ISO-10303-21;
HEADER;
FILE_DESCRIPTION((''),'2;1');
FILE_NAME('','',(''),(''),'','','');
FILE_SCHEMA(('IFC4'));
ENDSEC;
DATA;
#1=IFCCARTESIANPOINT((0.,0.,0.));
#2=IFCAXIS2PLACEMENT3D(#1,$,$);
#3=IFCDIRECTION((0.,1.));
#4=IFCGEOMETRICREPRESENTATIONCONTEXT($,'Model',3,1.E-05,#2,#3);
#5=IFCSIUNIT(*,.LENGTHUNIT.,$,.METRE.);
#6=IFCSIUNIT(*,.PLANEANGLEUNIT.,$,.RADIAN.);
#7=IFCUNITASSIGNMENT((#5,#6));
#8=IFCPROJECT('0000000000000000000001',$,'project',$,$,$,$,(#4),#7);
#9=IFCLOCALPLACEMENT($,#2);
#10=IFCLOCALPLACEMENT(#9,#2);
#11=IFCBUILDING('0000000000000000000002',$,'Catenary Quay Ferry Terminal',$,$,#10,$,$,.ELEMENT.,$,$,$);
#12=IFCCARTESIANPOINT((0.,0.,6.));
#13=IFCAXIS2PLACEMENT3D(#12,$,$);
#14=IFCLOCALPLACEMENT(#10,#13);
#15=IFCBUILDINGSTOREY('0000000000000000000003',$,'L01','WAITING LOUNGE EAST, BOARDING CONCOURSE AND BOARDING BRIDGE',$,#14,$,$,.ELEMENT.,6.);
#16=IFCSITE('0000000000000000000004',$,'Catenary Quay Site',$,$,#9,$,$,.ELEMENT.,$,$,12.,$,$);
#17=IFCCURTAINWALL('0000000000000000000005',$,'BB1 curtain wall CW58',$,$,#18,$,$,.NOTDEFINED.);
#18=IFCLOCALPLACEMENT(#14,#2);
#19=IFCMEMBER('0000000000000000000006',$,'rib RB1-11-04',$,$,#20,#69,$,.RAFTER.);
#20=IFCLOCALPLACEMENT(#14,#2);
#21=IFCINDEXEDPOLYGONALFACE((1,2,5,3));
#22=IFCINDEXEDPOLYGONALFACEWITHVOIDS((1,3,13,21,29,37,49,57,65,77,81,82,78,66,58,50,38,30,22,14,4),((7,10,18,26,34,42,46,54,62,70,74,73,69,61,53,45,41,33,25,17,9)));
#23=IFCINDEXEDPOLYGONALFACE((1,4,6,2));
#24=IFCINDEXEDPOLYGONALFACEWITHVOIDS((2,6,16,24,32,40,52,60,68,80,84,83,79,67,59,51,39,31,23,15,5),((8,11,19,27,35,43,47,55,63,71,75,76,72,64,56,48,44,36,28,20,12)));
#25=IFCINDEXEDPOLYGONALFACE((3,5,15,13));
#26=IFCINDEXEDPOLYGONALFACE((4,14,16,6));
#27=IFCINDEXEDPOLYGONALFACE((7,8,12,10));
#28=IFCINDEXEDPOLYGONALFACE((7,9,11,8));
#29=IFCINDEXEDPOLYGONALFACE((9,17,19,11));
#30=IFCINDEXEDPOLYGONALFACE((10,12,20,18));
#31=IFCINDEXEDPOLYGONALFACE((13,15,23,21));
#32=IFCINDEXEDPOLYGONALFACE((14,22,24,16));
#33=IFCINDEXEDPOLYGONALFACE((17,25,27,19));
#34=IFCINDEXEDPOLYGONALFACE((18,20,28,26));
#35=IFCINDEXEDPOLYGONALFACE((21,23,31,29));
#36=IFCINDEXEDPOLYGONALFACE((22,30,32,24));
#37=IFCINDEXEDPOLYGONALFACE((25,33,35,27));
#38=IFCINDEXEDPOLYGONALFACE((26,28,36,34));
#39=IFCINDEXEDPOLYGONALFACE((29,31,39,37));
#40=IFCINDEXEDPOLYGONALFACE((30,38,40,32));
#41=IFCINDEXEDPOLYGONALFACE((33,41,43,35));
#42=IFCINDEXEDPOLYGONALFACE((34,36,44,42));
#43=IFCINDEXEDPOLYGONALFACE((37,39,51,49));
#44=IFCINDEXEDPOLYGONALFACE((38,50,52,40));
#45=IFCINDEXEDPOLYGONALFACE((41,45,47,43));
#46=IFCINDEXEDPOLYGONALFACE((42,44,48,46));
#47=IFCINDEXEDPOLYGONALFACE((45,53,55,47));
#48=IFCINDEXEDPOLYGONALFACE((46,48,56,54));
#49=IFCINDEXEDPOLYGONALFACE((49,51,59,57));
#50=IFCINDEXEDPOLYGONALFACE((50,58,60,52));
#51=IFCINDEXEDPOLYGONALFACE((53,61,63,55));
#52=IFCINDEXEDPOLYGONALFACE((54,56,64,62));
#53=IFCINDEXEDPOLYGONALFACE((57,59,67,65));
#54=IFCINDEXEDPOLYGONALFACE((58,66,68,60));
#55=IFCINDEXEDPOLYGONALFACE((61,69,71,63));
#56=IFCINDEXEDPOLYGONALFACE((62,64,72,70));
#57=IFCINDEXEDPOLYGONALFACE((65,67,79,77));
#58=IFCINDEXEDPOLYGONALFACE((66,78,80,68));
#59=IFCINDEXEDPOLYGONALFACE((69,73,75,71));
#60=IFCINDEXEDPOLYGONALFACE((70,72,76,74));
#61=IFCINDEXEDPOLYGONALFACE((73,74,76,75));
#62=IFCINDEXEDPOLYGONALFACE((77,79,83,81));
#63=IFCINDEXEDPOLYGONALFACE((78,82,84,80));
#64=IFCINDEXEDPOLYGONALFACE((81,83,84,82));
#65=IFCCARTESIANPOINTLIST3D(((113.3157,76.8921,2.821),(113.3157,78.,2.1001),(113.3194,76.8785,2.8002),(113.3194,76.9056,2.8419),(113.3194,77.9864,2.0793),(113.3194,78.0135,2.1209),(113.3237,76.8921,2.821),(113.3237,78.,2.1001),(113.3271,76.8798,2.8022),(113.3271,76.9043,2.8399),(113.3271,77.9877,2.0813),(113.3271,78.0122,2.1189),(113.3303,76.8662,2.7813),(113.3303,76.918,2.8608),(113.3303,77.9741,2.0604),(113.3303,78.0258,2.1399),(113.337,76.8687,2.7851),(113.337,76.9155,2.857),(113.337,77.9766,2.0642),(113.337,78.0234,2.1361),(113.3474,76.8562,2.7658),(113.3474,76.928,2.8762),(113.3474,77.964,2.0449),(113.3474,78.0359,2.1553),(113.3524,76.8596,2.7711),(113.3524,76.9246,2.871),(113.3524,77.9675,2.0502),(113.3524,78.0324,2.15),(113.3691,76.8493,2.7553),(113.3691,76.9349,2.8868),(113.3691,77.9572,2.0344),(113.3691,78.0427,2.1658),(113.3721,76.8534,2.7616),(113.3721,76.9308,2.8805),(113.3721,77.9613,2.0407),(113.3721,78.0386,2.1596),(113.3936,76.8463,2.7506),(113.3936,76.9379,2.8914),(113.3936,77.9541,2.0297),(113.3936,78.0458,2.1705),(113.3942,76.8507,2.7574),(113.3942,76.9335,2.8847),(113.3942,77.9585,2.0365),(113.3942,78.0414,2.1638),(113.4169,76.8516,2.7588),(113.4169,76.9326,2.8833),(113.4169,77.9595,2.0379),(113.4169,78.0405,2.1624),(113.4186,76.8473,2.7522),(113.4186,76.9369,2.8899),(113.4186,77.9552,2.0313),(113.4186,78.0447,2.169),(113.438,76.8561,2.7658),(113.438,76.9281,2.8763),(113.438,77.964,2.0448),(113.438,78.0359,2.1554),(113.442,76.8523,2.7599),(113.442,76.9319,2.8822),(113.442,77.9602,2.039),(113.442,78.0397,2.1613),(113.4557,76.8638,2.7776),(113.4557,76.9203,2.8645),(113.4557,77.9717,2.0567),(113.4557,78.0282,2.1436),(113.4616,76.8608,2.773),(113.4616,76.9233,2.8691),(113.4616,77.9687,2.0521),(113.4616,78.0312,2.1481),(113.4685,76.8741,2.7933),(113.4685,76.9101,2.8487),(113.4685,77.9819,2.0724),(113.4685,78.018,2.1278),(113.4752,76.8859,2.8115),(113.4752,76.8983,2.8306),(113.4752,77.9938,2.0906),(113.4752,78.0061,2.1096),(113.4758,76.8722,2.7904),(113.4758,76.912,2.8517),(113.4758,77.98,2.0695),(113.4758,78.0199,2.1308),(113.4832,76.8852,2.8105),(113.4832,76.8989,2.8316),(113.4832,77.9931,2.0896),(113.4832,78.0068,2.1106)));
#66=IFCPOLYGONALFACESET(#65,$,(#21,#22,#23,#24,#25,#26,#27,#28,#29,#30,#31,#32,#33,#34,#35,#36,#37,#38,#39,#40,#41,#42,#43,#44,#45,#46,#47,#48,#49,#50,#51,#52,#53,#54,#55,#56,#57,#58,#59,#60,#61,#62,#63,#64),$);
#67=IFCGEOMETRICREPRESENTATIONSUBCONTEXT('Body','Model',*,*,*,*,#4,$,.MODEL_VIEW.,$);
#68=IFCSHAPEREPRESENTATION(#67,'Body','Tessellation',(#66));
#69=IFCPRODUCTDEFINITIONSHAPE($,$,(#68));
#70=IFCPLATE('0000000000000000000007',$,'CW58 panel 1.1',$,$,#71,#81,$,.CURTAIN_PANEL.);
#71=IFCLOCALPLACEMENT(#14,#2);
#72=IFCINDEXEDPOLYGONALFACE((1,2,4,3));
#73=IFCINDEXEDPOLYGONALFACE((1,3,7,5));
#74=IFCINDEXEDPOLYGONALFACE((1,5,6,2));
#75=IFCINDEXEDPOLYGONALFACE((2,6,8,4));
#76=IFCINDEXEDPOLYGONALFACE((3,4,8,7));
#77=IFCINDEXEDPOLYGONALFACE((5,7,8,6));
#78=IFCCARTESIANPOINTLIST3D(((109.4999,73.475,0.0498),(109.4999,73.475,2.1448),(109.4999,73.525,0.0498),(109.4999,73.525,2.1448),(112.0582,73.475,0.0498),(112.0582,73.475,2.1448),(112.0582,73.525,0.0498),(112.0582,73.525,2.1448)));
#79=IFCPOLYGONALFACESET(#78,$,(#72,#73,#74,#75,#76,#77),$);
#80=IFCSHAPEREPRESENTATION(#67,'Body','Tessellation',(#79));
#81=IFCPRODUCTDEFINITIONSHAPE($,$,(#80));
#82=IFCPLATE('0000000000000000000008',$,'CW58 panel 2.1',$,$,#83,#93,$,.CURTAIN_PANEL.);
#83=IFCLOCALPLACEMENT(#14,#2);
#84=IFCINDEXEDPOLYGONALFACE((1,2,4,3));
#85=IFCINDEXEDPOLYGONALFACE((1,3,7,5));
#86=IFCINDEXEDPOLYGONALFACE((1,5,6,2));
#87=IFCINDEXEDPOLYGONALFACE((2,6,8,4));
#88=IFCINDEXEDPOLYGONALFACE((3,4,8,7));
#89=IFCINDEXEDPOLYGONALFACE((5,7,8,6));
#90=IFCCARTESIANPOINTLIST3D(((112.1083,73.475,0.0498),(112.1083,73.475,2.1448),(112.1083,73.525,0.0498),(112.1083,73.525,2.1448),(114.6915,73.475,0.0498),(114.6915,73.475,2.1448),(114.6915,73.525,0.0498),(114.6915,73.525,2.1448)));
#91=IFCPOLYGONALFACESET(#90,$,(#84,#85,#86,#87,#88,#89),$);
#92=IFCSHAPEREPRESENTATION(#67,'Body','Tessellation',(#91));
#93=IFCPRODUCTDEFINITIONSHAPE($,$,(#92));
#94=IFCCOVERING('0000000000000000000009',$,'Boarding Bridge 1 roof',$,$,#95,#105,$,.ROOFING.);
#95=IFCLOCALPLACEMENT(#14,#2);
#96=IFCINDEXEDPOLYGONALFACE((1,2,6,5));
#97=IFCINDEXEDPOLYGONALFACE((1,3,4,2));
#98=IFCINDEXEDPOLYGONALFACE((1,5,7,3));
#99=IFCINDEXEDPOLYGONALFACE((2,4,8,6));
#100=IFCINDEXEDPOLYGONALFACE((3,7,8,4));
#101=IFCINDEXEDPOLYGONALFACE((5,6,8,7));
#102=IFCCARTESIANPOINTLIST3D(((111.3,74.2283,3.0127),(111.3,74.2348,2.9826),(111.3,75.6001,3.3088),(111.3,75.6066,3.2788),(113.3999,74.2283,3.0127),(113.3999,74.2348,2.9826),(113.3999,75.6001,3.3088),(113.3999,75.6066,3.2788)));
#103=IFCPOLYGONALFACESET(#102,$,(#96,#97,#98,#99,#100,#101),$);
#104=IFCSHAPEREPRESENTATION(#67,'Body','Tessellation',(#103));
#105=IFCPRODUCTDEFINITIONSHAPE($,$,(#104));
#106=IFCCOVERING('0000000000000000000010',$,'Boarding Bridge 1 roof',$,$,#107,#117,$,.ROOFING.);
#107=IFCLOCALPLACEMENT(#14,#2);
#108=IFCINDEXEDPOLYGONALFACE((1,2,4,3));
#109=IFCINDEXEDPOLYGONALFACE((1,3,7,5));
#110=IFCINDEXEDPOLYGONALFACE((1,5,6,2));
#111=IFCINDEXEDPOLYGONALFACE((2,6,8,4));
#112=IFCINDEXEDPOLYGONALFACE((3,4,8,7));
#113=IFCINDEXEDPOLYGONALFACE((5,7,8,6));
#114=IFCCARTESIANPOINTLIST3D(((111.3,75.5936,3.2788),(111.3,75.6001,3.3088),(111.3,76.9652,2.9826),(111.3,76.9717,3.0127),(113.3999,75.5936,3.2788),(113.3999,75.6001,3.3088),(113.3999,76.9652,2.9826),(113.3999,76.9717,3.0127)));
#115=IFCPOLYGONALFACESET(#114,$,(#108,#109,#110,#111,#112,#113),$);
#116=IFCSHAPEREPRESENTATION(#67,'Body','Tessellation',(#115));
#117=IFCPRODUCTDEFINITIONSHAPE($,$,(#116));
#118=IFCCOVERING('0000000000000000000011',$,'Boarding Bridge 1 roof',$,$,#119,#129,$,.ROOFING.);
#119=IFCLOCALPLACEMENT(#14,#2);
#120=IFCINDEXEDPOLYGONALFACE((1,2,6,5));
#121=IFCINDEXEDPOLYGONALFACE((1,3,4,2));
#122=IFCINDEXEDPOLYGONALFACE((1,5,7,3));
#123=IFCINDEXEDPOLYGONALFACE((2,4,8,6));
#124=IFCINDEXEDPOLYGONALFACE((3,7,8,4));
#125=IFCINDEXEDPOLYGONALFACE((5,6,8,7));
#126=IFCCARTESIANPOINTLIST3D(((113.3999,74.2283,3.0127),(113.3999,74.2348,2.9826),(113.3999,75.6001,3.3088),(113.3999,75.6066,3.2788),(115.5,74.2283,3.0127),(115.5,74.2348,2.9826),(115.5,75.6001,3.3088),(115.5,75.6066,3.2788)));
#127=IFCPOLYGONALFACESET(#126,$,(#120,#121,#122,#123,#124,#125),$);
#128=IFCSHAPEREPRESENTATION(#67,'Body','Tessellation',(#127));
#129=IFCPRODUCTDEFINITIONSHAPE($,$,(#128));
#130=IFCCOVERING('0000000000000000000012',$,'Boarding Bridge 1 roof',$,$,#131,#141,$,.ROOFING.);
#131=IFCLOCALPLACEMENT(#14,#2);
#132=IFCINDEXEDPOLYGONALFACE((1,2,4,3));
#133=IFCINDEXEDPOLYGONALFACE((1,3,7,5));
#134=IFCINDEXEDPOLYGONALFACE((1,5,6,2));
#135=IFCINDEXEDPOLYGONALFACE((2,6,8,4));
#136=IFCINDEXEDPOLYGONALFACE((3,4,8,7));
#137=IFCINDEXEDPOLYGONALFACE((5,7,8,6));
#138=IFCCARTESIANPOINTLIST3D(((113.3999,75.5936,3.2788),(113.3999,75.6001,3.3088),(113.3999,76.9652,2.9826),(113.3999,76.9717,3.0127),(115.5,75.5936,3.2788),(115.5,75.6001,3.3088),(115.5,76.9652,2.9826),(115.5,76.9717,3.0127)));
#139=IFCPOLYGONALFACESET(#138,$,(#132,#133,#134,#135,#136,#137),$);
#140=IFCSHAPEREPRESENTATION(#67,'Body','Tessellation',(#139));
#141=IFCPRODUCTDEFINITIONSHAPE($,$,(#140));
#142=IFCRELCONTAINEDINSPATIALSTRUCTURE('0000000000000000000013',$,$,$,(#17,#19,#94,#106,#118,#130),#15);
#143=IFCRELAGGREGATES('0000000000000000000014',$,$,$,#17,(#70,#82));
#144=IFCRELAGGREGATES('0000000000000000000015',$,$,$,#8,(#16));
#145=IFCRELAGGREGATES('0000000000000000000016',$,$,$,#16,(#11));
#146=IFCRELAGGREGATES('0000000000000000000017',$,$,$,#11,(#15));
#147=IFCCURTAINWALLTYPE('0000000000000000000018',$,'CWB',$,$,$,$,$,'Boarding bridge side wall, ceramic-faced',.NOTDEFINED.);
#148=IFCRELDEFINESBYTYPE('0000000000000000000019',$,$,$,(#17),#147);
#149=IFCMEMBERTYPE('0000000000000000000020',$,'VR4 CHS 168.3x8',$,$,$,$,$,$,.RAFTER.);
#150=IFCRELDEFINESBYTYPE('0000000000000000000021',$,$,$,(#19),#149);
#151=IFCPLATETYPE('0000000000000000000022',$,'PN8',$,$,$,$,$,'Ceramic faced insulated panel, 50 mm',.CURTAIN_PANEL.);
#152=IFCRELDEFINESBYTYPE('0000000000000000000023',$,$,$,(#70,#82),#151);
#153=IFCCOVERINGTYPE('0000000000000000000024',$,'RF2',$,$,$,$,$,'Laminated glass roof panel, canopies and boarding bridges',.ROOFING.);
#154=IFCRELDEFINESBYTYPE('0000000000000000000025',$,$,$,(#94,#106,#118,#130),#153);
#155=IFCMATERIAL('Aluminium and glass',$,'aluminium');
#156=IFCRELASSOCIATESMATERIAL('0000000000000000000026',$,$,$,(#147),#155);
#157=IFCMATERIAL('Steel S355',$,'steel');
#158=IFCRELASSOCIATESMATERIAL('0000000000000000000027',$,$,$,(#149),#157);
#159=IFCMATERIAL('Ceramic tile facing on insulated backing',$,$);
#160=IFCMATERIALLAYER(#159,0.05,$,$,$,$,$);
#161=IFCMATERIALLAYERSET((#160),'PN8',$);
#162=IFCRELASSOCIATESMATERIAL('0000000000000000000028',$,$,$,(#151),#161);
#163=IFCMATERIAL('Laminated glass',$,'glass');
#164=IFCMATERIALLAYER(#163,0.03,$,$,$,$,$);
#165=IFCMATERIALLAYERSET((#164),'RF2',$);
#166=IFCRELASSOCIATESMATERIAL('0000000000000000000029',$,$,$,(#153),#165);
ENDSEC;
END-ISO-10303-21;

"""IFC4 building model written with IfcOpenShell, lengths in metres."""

from ifc_helpers import new_model, si_unit, direction, frame, origin, origin_2d, place, context, subcontext, project, spatial, polyline, rectangle, hollow_circle, outline, extrude, material, layer, layer_set, material_profile, profile_set, type_object, element, aggregate, save


model = new_model("IFC4")

# Units and contexts
model_context = context("Model", 3, precision=1e-05, world=origin(), true_north=direction((0.0, 1.0)))
body_context = subcontext(model_context, "Body", "Model", "MODEL_VIEW")
ifc_project = project(units=[si_unit("LENGTHUNIT", "METRE"), si_unit("PLANEANGLEUNIT", "RADIAN")], contexts=[model_context])

# Site, building, storey
site_placement = place(None, origin())
site = spatial("IfcSite", under=ifc_project, at=site_placement, Name="Catenary Quay Site", CompositionType="ELEMENT", RefElevation=12.0)
building_placement = place(site_placement, origin())
building = spatial("IfcBuilding", under=site, at=building_placement, Name="Catenary Quay Ferry Terminal", CompositionType="ELEMENT")
storey_placement = place(building_placement, frame((0.0, 0.0, 6.0)))
storey = spatial("IfcBuildingStorey", under=building, at=storey_placement, Name="L01", Description="WAITING LOUNGE EAST, BOARDING CONCOURSE AND BOARDING BRIDGE", CompositionType="ELEMENT", Elevation=6.0)

# Curtain wall
ifc_material_1 = material(Name="Aluminium and glass", Category="aluminium")
curtain_wall_type = type_object("IfcCurtainWallType", Name="CWB", ElementType="Boarding bridge side wall, ceramic-faced", PredefinedType="NOTDEFINED", material=ifc_material_1)
curtain_wall_placement = place(storey_placement, origin())
curtain_wall = element("IfcCurtainWall", 1, at=curtain_wall_placement, inside=storey, type_object=curtain_wall_type, Name="BB1 curtain wall CW58", PredefinedType="NOTDEFINED")

# Member
ifc_material_2 = material(Name="Steel S355", Category="steel")
ifc_material_profile_1 = material_profile(ifc_material_2, hollow_circle(Radius=0.0842, WallThickness=0.0081, at=origin_2d()), Name="CHS 168.3x8")
ifc_profile_set_1 = profile_set([ifc_material_profile_1], Name="Steel S355")
member_type_1 = type_object("IfcMemberType", Name="VR4 CHS 168.3x8", PredefinedType="RAFTER", material=ifc_profile_set_1)
for number, where, z_axis, x_axis, name in (
    (2, (113.3999, 76.8921, 2.821), (0.0, 0.838165, -0.545417), (-1.0, 0.0, 0.0), "rib RB1-11-04"),
):
    element("IfcMember", number, at=place(storey_placement, frame(where, z_axis=z_axis, x_axis=x_axis)), inside=storey, type_object=member_type_1, Name=name, PredefinedType="RAFTER", context=body_context, shape_type="SweptSolid", body=[
        extrude(hollow_circle(Radius=0.0842, WallThickness=0.0081, at=origin_2d()), origin(), (0.0, 0.0, 1.0), 1.3218),
    ])

# Plates
ifc_material_3 = material(Name="Ceramic tile facing on insulated backing")
ifc_layer_1 = layer(ifc_material_3, 0.05)
ifc_layer_set_1 = layer_set([ifc_layer_1], Name="PN8")
plate_type = type_object("IfcPlateType", Name="PN8", ElementType="Ceramic faced insulated panel, 50 mm", PredefinedType="CURTAIN_PANEL", material=ifc_layer_set_1)
plate_1_placement = place(storey_placement, frame((110.7791, 73.5, 0.0498), z_axis=(0.0, 0.0, 1.0), x_axis=(1.0, 0.0, 0.0)))
plate_1 = element("IfcPlate", 3, at=plate_1_placement, type_object=plate_type, Name="CW58 panel 1.1", PredefinedType="CURTAIN_PANEL", context=body_context, shape_type="SweptSolid", body=[
    extrude(rectangle(XDim=2.5583, YDim=0.05, at=origin_2d()), origin(), (0.0, 0.0, 1.0), 2.095),
])
plate_2_placement = place(storey_placement, frame((113.3999, 73.5, 0.0498), z_axis=(0.0, 0.0, 1.0), x_axis=(1.0, 0.0, 0.0)))
plate_2 = element("IfcPlate", 4, at=plate_2_placement, type_object=plate_type, Name="CW58 panel 2.1", PredefinedType="CURTAIN_PANEL", context=body_context, shape_type="SweptSolid", body=[
    extrude(rectangle(XDim=2.5833, YDim=0.05, at=origin_2d()), origin(), (0.0, 0.0, 1.0), 2.095),
])
aggregate(curtain_wall, [plate_1, plate_2])

# Coverings
ifc_material_4 = material(Name="Laminated glass", Category="glass")
ifc_layer_2 = layer(ifc_material_4, 0.03)
ifc_layer_set_2 = layer_set([ifc_layer_2], Name="RF2")
covering_type = type_object("IfcCoveringType", Name="RF2", ElementType="Laminated glass roof panel, canopies and boarding bridges", PredefinedType="ROOFING", material=ifc_layer_set_2)
covering_1_placement = place(storey_placement, frame((111.3, 74.2283, 3.0127), z_axis=(0.0, -0.211014, 0.977483), x_axis=(1.0, 0.0, 0.0)))
element("IfcCovering", 5, at=covering_1_placement, inside=storey, type_object=covering_type, Name="Boarding Bridge 1 roof", PredefinedType="ROOFING", context=body_context, shape_type="SweptSolid", body=[
    extrude(outline(polyline([(0.0, 0.0), (2.0999, 0.0), (2.0999, 1.4034), (0.0, 1.4034), (0.0, 0.0)])), origin(), (0.0, 0.0, -1.0), 0.0308),
])
covering_2_placement = place(storey_placement, frame((111.3, 75.6001, 3.3088), z_axis=(0.0, 0.21105, 0.977475), x_axis=(1.0, 0.0, 0.0)))
element("IfcCovering", 6, at=covering_2_placement, inside=storey, type_object=covering_type, Name="Boarding Bridge 1 roof", PredefinedType="ROOFING", context=body_context, shape_type="SweptSolid", body=[
    extrude(outline(polyline([(0.0, 0.0), (2.0999, 0.0), (2.0999, 1.4032), (0.0, 1.4032), (0.0, 0.0)])), origin(), (0.0, 0.0, -1.0), 0.0308),
])
covering_3_placement = place(storey_placement, frame((113.3999, 74.2283, 3.0127), z_axis=(0.0, -0.211014, 0.977483), x_axis=(1.0, 0.0, 0.0)))
element("IfcCovering", 7, at=covering_3_placement, inside=storey, type_object=covering_type, Name="Boarding Bridge 1 roof", PredefinedType="ROOFING", context=body_context, shape_type="SweptSolid", body=[
    extrude(outline(polyline([(0.0, 0.0), (2.1001, 0.0), (2.1001, 1.4034), (0.0, 1.4034), (0.0, 0.0)])), origin(), (0.0, 0.0, -1.0), 0.0308),
])
covering_4_placement = place(storey_placement, frame((113.3999, 75.6001, 3.3088), z_axis=(0.0, 0.21105, 0.977475), x_axis=(1.0, 0.0, 0.0)))
element("IfcCovering", 8, at=covering_4_placement, inside=storey, type_object=covering_type, Name="Boarding Bridge 1 roof", PredefinedType="ROOFING", context=body_context, shape_type="SweptSolid", body=[
    extrude(outline(polyline([(0.0, 0.0), (2.1001, 0.0), (2.1001, 1.4032), (0.0, 1.4032), (0.0, 0.0)])), origin(), (0.0, 0.0, -1.0), 0.0308),
])

save(model, "model.ifc")
